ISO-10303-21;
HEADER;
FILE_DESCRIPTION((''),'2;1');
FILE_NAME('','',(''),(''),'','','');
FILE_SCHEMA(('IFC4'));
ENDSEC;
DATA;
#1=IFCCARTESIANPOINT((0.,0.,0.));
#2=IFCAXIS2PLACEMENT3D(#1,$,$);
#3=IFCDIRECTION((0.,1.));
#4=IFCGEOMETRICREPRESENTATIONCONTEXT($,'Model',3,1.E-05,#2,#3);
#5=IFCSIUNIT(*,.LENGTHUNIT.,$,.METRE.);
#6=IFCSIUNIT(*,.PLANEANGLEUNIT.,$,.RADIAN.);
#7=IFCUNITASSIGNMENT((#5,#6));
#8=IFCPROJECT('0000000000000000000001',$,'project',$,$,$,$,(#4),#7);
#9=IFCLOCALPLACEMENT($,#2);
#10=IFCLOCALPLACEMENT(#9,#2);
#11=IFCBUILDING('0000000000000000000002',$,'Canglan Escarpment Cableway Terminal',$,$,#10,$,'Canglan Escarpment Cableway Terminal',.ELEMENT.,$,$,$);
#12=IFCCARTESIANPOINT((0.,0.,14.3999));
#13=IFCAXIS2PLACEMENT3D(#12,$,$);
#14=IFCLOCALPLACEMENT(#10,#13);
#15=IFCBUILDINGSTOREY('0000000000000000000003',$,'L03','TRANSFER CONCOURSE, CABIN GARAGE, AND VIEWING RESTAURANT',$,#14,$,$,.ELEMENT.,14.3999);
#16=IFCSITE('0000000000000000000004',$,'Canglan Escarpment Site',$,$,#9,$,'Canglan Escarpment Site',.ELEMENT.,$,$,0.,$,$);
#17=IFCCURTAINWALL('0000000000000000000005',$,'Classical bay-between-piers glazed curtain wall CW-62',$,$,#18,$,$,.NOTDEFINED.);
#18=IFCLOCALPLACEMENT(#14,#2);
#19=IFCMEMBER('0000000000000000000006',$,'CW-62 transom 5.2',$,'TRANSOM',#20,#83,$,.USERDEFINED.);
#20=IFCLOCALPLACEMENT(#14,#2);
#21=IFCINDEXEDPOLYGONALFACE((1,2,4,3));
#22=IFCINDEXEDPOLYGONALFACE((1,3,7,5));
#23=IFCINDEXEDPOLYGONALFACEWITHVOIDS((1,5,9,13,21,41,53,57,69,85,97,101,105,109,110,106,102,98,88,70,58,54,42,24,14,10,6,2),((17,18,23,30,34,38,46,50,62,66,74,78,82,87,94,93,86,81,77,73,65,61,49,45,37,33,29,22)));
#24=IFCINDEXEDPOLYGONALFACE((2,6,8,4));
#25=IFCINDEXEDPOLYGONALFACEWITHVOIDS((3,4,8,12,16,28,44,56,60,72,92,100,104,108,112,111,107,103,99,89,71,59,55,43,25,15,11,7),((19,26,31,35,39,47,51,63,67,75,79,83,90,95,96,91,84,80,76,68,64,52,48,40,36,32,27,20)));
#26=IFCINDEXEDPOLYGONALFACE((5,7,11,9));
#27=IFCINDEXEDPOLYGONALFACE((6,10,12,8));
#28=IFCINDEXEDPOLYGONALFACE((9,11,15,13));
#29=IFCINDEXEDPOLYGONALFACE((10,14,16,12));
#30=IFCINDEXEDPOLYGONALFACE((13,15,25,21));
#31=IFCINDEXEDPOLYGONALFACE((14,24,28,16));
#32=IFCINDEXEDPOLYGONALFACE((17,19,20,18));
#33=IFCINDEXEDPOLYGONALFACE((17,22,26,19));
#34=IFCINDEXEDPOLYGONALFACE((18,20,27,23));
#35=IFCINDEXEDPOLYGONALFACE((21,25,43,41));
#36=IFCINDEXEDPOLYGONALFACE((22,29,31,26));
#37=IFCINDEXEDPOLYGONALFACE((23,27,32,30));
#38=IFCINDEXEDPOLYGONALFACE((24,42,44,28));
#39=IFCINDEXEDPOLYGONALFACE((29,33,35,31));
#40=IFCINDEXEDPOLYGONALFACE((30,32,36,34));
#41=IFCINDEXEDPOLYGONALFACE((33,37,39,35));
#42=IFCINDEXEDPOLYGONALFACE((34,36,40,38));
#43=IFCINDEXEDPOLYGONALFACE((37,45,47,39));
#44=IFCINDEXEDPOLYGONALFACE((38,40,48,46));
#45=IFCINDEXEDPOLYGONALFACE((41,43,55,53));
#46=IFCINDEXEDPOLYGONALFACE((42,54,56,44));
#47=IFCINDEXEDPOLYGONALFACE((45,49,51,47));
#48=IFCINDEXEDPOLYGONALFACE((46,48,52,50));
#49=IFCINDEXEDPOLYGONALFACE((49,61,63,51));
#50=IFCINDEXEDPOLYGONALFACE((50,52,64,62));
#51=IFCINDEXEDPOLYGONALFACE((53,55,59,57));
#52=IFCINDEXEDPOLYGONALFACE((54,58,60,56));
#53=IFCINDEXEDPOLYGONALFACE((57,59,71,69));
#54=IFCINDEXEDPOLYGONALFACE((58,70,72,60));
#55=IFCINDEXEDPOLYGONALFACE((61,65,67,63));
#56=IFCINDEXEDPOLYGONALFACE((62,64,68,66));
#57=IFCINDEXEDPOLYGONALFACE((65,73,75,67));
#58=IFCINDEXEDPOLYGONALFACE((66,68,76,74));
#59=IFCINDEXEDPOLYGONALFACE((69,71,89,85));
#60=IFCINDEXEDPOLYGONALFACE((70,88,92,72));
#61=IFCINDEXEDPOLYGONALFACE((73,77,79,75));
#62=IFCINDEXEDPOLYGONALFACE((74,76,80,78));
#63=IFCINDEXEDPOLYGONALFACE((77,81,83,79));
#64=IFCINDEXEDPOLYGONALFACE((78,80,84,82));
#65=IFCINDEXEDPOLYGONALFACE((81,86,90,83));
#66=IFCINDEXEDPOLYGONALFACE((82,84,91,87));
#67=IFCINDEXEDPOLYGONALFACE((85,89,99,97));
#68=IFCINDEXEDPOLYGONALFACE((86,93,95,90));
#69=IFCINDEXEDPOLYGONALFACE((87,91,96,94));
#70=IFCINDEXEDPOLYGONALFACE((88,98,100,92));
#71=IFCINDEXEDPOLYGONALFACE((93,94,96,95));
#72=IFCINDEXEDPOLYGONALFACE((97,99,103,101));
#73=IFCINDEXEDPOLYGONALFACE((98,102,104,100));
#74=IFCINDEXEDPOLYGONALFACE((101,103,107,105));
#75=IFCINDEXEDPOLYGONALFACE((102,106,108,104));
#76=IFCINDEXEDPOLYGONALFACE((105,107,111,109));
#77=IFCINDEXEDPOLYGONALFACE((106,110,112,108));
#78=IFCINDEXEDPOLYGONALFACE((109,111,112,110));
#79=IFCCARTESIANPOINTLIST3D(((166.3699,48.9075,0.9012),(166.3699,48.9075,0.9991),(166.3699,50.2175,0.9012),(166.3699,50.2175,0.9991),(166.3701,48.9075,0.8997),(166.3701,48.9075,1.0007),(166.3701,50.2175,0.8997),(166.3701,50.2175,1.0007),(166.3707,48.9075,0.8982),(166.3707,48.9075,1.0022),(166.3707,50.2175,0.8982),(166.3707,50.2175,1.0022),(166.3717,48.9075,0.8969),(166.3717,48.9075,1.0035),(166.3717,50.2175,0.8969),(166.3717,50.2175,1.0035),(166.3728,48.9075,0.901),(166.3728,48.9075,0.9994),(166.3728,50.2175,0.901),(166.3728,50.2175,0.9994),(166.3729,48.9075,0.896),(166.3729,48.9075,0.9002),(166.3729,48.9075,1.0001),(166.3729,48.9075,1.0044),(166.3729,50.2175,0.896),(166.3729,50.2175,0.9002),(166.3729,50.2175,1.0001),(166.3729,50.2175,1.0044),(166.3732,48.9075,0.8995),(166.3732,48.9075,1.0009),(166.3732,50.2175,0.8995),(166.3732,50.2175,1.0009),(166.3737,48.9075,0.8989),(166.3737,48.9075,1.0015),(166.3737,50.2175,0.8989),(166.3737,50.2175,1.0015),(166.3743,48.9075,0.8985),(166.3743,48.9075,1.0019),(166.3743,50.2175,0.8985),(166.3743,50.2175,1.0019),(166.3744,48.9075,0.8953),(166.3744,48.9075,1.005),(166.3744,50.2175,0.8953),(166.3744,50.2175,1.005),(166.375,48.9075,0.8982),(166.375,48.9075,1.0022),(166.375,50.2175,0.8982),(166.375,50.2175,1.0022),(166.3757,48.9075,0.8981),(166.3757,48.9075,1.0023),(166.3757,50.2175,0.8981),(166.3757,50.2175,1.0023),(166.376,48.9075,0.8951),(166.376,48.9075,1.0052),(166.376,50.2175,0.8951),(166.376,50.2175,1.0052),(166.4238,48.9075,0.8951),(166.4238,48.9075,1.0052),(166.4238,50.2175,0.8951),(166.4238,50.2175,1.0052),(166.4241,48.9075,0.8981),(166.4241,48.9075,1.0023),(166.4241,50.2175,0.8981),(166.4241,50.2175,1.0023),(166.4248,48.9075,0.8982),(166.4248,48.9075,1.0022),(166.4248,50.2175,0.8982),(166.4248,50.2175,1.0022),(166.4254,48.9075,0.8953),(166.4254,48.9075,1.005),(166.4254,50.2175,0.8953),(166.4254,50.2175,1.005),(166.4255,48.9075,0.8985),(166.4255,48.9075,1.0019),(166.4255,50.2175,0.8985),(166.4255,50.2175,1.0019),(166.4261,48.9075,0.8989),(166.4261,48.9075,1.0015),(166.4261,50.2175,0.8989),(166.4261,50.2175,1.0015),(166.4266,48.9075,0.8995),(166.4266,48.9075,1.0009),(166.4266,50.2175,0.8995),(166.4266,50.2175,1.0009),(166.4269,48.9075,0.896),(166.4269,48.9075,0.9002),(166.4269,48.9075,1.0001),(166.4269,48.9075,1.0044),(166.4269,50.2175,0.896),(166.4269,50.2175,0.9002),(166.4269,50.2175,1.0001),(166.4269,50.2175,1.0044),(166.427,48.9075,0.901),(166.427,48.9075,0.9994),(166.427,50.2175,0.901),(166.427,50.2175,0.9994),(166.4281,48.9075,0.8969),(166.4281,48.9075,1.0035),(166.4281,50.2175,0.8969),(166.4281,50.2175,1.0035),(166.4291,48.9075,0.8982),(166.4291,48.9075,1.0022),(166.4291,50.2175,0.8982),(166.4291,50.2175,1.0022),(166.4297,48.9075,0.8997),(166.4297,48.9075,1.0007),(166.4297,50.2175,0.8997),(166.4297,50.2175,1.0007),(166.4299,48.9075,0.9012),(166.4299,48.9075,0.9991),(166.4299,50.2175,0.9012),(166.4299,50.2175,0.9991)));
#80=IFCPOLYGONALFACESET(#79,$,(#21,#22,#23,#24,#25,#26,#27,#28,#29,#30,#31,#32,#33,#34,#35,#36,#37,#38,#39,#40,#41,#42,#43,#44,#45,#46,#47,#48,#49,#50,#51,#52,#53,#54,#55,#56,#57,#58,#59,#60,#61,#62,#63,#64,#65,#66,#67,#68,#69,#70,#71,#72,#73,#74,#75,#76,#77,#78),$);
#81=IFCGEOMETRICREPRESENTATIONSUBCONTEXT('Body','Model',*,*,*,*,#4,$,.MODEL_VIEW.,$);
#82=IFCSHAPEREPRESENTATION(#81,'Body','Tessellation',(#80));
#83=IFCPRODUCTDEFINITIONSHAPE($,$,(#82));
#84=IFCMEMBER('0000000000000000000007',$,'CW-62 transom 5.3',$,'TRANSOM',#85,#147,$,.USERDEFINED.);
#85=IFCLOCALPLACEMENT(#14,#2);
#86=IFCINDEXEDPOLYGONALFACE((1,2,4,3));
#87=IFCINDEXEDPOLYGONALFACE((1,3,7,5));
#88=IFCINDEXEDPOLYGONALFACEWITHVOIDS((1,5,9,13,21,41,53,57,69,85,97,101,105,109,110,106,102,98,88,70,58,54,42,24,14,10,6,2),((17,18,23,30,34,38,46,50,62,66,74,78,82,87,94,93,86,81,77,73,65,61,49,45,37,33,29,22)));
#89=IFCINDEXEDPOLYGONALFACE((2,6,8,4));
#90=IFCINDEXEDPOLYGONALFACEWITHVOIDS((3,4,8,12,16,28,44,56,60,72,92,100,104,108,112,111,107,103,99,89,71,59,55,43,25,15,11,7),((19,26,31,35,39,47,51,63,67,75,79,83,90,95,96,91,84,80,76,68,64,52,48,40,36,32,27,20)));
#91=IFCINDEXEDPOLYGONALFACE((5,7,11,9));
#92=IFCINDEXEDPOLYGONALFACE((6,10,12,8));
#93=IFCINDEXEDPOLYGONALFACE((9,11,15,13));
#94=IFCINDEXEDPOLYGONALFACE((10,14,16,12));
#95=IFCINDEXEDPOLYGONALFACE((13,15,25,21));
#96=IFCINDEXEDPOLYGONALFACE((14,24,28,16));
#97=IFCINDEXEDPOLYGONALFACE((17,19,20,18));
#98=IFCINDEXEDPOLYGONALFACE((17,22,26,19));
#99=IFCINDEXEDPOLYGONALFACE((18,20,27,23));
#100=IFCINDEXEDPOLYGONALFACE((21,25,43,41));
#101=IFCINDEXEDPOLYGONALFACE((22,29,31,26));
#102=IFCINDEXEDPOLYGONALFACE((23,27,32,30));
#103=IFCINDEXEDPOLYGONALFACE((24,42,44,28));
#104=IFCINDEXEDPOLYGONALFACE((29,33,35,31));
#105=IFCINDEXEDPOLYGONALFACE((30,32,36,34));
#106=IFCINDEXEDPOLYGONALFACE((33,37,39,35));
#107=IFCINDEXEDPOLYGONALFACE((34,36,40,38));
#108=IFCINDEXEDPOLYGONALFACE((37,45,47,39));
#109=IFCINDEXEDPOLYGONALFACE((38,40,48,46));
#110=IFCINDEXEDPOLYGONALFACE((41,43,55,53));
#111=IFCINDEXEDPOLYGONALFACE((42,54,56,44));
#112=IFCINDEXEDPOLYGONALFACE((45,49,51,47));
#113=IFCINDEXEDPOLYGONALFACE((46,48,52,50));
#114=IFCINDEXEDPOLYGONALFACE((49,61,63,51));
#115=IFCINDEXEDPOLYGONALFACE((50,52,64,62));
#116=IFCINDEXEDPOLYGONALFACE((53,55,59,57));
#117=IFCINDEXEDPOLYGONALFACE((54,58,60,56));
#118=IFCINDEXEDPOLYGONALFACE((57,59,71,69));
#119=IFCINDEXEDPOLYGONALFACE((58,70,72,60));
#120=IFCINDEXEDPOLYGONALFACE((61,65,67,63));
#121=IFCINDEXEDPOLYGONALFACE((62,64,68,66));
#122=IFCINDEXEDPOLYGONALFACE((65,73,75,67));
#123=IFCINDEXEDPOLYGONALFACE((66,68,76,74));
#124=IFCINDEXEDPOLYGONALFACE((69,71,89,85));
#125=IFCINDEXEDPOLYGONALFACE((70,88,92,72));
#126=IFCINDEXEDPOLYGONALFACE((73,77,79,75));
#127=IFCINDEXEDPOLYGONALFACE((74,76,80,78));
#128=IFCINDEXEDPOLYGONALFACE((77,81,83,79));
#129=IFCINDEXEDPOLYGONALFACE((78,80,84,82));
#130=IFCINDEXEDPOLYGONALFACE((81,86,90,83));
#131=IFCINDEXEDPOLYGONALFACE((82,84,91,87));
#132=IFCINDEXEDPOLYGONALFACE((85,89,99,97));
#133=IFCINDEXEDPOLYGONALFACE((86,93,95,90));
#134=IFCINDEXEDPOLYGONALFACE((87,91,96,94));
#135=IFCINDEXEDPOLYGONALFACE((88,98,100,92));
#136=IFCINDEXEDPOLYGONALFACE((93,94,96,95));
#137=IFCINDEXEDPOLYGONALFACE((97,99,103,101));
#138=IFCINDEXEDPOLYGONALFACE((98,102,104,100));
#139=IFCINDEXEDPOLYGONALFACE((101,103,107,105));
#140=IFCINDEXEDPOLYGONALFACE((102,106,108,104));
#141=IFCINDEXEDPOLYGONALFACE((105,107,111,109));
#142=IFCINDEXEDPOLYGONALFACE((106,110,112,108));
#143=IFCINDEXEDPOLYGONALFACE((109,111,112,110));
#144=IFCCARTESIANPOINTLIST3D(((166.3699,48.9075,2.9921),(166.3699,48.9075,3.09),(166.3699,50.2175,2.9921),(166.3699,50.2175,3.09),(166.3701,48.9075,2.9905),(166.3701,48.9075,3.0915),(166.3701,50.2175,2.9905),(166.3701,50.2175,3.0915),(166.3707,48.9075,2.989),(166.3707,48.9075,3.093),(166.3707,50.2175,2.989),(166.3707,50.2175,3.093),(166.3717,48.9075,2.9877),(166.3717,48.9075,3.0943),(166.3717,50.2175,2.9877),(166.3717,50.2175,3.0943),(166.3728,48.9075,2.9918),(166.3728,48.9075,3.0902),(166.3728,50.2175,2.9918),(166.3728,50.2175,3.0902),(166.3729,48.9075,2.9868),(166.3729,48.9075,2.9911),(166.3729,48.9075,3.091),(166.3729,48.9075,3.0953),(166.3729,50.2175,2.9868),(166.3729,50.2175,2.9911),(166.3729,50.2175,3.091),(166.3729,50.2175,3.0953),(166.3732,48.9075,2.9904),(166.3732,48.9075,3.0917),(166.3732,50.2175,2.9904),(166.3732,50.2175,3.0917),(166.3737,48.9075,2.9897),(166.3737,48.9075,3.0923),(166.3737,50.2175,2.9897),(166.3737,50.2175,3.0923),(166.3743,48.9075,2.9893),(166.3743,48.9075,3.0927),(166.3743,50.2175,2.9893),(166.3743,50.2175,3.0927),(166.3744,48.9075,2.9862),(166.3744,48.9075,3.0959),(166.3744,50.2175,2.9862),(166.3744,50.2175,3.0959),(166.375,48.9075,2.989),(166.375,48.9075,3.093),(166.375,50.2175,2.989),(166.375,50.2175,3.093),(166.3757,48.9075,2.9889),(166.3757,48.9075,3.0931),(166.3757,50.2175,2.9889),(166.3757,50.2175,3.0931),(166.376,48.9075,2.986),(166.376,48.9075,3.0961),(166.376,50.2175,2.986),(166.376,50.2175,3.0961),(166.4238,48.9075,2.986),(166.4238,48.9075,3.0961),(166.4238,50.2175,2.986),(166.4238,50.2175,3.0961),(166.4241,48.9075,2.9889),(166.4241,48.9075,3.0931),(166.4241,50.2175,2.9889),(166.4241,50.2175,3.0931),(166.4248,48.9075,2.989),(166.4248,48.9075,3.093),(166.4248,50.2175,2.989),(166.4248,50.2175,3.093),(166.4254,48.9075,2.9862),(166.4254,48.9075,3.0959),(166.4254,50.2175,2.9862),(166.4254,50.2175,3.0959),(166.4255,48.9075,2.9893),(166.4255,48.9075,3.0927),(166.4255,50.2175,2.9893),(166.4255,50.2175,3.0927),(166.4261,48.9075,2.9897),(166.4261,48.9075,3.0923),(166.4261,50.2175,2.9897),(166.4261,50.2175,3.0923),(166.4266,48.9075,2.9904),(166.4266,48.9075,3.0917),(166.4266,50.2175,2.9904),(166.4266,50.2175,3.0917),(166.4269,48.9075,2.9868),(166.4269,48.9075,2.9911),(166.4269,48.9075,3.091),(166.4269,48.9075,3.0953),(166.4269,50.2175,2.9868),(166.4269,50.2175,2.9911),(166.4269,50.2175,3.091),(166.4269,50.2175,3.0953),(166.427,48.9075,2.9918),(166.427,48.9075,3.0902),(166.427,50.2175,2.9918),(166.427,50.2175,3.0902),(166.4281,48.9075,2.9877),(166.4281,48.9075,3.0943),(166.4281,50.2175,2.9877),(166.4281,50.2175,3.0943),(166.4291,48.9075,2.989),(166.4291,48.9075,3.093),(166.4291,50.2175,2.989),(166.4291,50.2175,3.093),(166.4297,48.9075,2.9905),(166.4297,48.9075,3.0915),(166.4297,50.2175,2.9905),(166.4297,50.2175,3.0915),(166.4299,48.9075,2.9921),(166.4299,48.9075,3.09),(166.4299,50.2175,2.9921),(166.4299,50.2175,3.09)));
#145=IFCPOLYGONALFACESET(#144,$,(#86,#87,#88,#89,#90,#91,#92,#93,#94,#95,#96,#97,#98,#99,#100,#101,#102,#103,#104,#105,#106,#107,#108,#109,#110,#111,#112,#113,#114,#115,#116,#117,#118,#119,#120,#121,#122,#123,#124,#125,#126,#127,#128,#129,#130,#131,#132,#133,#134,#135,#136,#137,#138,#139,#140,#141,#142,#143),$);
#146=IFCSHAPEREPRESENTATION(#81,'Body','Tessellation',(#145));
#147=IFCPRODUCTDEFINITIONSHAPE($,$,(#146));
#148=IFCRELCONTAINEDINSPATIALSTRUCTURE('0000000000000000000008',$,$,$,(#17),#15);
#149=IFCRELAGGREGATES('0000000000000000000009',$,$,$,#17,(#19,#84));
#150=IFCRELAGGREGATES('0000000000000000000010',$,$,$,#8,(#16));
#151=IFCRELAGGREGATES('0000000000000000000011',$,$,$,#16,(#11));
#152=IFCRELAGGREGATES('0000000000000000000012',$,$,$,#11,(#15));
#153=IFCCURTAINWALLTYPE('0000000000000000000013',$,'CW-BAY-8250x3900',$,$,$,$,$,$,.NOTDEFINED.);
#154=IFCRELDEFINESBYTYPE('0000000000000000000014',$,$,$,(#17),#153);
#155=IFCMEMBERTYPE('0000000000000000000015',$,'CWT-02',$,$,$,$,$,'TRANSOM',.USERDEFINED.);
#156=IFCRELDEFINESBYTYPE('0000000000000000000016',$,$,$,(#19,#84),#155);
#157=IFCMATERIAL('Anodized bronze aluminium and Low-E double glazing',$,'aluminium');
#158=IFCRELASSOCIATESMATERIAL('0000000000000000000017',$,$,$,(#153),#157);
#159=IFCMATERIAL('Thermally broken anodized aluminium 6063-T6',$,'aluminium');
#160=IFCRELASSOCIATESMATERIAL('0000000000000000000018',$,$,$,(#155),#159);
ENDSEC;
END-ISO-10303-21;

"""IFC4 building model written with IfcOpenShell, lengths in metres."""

from ifc_helpers import new_model, si_unit, direction, frame, origin, origin_2d, place, context, subcontext, project, spatial, hollow_rectangle, extrude, material, material_profile, profile_set, type_object, element, aggregate, save


model = new_model("IFC4")

# Units and contexts
model_context = context("Model", 3, precision=1e-05, world=origin(), true_north=direction((0.0, 1.0)))
body_context = subcontext(model_context, "Body", "Model", "MODEL_VIEW")
ifc_project = project(units=[si_unit("LENGTHUNIT", "METRE"), si_unit("PLANEANGLEUNIT", "RADIAN")], contexts=[model_context])

# Site, building, storey
site_placement = place(None, origin())
site = spatial("IfcSite", under=ifc_project, at=site_placement, Name="Canglan Escarpment Site", LongName="Canglan Escarpment Site", CompositionType="ELEMENT", RefElevation=0.0)
building_placement = place(site_placement, origin())
building = spatial("IfcBuilding", under=site, at=building_placement, Name="Canglan Escarpment Cableway Terminal", LongName="Canglan Escarpment Cableway Terminal", CompositionType="ELEMENT")
storey_placement = place(building_placement, frame((0.0, 0.0, 14.3999)))
storey = spatial("IfcBuildingStorey", under=building, at=storey_placement, Name="L03", Description="TRANSFER CONCOURSE, CABIN GARAGE, AND VIEWING RESTAURANT", CompositionType="ELEMENT", Elevation=14.3999)

# Curtain wall, members
ifc_material_1 = material(Name="Anodized bronze aluminium and Low-E double glazing", Category="aluminium")
curtain_wall_type = type_object("IfcCurtainWallType", Name="CW-BAY-8250x3900", PredefinedType="NOTDEFINED", material=ifc_material_1)
curtain_wall_placement = place(storey_placement, origin())
curtain_wall = element("IfcCurtainWall", 1, at=curtain_wall_placement, inside=storey, type_object=curtain_wall_type, Name="Classical bay-between-piers glazed curtain wall CW-62", PredefinedType="NOTDEFINED")
ifc_material_2 = material(Name="Thermally broken anodized aluminium 6063-T6", Category="aluminium")
ifc_material_profile_1 = material_profile(ifc_material_2, hollow_rectangle(XDim=0.0601, YDim=0.1101, WallThickness=0.0029, InnerFilletRadius=0.0029, OuterFilletRadius=0.0061, at=origin_2d()), Name="ALU-TRAN 60x110x3")
ifc_profile_set_1 = profile_set([ifc_material_profile_1], Name="Thermally broken anodized aluminium 6063-T6")
member_type_1 = type_object("IfcMemberType", Name="CWT-02", ElementType="TRANSOM", PredefinedType="USERDEFINED", material=ifc_profile_set_1)
member_1_placement = place(storey_placement, frame((166.3999, 48.9075, 0.9502), z_axis=(0.0, 1.0, 0.0), x_axis=(-1.0, 0.0, 0.0)))
member_1 = element("IfcMember", 2, at=member_1_placement, type_object=member_type_1, Name="CW-62 transom 5.2", ObjectType="TRANSOM", PredefinedType="USERDEFINED", context=body_context, shape_type="SweptSolid", body=[
    extrude(hollow_rectangle(XDim=0.0601, YDim=0.1101, WallThickness=0.0029, InnerFilletRadius=0.0029, OuterFilletRadius=0.0061, at=origin_2d()), origin(), (0.0, 0.0, 1.0), 1.3101),
])
member_2_placement = place(storey_placement, frame((166.3999, 48.9075, 3.041), z_axis=(0.0, 1.0, 0.0), x_axis=(-1.0, 0.0, 0.0)))
member_2 = element("IfcMember", 3, at=member_2_placement, type_object=member_type_1, Name="CW-62 transom 5.3", ObjectType="TRANSOM", PredefinedType="USERDEFINED", context=body_context, shape_type="SweptSolid", body=[
    extrude(hollow_rectangle(XDim=0.0601, YDim=0.1101, WallThickness=0.0029, InnerFilletRadius=0.0029, OuterFilletRadius=0.0061, at=origin_2d()), origin(), (0.0, 0.0, 1.0), 1.3101),
])

aggregate(curtain_wall, [member_1, member_2])

save(model, "model.ifc")
